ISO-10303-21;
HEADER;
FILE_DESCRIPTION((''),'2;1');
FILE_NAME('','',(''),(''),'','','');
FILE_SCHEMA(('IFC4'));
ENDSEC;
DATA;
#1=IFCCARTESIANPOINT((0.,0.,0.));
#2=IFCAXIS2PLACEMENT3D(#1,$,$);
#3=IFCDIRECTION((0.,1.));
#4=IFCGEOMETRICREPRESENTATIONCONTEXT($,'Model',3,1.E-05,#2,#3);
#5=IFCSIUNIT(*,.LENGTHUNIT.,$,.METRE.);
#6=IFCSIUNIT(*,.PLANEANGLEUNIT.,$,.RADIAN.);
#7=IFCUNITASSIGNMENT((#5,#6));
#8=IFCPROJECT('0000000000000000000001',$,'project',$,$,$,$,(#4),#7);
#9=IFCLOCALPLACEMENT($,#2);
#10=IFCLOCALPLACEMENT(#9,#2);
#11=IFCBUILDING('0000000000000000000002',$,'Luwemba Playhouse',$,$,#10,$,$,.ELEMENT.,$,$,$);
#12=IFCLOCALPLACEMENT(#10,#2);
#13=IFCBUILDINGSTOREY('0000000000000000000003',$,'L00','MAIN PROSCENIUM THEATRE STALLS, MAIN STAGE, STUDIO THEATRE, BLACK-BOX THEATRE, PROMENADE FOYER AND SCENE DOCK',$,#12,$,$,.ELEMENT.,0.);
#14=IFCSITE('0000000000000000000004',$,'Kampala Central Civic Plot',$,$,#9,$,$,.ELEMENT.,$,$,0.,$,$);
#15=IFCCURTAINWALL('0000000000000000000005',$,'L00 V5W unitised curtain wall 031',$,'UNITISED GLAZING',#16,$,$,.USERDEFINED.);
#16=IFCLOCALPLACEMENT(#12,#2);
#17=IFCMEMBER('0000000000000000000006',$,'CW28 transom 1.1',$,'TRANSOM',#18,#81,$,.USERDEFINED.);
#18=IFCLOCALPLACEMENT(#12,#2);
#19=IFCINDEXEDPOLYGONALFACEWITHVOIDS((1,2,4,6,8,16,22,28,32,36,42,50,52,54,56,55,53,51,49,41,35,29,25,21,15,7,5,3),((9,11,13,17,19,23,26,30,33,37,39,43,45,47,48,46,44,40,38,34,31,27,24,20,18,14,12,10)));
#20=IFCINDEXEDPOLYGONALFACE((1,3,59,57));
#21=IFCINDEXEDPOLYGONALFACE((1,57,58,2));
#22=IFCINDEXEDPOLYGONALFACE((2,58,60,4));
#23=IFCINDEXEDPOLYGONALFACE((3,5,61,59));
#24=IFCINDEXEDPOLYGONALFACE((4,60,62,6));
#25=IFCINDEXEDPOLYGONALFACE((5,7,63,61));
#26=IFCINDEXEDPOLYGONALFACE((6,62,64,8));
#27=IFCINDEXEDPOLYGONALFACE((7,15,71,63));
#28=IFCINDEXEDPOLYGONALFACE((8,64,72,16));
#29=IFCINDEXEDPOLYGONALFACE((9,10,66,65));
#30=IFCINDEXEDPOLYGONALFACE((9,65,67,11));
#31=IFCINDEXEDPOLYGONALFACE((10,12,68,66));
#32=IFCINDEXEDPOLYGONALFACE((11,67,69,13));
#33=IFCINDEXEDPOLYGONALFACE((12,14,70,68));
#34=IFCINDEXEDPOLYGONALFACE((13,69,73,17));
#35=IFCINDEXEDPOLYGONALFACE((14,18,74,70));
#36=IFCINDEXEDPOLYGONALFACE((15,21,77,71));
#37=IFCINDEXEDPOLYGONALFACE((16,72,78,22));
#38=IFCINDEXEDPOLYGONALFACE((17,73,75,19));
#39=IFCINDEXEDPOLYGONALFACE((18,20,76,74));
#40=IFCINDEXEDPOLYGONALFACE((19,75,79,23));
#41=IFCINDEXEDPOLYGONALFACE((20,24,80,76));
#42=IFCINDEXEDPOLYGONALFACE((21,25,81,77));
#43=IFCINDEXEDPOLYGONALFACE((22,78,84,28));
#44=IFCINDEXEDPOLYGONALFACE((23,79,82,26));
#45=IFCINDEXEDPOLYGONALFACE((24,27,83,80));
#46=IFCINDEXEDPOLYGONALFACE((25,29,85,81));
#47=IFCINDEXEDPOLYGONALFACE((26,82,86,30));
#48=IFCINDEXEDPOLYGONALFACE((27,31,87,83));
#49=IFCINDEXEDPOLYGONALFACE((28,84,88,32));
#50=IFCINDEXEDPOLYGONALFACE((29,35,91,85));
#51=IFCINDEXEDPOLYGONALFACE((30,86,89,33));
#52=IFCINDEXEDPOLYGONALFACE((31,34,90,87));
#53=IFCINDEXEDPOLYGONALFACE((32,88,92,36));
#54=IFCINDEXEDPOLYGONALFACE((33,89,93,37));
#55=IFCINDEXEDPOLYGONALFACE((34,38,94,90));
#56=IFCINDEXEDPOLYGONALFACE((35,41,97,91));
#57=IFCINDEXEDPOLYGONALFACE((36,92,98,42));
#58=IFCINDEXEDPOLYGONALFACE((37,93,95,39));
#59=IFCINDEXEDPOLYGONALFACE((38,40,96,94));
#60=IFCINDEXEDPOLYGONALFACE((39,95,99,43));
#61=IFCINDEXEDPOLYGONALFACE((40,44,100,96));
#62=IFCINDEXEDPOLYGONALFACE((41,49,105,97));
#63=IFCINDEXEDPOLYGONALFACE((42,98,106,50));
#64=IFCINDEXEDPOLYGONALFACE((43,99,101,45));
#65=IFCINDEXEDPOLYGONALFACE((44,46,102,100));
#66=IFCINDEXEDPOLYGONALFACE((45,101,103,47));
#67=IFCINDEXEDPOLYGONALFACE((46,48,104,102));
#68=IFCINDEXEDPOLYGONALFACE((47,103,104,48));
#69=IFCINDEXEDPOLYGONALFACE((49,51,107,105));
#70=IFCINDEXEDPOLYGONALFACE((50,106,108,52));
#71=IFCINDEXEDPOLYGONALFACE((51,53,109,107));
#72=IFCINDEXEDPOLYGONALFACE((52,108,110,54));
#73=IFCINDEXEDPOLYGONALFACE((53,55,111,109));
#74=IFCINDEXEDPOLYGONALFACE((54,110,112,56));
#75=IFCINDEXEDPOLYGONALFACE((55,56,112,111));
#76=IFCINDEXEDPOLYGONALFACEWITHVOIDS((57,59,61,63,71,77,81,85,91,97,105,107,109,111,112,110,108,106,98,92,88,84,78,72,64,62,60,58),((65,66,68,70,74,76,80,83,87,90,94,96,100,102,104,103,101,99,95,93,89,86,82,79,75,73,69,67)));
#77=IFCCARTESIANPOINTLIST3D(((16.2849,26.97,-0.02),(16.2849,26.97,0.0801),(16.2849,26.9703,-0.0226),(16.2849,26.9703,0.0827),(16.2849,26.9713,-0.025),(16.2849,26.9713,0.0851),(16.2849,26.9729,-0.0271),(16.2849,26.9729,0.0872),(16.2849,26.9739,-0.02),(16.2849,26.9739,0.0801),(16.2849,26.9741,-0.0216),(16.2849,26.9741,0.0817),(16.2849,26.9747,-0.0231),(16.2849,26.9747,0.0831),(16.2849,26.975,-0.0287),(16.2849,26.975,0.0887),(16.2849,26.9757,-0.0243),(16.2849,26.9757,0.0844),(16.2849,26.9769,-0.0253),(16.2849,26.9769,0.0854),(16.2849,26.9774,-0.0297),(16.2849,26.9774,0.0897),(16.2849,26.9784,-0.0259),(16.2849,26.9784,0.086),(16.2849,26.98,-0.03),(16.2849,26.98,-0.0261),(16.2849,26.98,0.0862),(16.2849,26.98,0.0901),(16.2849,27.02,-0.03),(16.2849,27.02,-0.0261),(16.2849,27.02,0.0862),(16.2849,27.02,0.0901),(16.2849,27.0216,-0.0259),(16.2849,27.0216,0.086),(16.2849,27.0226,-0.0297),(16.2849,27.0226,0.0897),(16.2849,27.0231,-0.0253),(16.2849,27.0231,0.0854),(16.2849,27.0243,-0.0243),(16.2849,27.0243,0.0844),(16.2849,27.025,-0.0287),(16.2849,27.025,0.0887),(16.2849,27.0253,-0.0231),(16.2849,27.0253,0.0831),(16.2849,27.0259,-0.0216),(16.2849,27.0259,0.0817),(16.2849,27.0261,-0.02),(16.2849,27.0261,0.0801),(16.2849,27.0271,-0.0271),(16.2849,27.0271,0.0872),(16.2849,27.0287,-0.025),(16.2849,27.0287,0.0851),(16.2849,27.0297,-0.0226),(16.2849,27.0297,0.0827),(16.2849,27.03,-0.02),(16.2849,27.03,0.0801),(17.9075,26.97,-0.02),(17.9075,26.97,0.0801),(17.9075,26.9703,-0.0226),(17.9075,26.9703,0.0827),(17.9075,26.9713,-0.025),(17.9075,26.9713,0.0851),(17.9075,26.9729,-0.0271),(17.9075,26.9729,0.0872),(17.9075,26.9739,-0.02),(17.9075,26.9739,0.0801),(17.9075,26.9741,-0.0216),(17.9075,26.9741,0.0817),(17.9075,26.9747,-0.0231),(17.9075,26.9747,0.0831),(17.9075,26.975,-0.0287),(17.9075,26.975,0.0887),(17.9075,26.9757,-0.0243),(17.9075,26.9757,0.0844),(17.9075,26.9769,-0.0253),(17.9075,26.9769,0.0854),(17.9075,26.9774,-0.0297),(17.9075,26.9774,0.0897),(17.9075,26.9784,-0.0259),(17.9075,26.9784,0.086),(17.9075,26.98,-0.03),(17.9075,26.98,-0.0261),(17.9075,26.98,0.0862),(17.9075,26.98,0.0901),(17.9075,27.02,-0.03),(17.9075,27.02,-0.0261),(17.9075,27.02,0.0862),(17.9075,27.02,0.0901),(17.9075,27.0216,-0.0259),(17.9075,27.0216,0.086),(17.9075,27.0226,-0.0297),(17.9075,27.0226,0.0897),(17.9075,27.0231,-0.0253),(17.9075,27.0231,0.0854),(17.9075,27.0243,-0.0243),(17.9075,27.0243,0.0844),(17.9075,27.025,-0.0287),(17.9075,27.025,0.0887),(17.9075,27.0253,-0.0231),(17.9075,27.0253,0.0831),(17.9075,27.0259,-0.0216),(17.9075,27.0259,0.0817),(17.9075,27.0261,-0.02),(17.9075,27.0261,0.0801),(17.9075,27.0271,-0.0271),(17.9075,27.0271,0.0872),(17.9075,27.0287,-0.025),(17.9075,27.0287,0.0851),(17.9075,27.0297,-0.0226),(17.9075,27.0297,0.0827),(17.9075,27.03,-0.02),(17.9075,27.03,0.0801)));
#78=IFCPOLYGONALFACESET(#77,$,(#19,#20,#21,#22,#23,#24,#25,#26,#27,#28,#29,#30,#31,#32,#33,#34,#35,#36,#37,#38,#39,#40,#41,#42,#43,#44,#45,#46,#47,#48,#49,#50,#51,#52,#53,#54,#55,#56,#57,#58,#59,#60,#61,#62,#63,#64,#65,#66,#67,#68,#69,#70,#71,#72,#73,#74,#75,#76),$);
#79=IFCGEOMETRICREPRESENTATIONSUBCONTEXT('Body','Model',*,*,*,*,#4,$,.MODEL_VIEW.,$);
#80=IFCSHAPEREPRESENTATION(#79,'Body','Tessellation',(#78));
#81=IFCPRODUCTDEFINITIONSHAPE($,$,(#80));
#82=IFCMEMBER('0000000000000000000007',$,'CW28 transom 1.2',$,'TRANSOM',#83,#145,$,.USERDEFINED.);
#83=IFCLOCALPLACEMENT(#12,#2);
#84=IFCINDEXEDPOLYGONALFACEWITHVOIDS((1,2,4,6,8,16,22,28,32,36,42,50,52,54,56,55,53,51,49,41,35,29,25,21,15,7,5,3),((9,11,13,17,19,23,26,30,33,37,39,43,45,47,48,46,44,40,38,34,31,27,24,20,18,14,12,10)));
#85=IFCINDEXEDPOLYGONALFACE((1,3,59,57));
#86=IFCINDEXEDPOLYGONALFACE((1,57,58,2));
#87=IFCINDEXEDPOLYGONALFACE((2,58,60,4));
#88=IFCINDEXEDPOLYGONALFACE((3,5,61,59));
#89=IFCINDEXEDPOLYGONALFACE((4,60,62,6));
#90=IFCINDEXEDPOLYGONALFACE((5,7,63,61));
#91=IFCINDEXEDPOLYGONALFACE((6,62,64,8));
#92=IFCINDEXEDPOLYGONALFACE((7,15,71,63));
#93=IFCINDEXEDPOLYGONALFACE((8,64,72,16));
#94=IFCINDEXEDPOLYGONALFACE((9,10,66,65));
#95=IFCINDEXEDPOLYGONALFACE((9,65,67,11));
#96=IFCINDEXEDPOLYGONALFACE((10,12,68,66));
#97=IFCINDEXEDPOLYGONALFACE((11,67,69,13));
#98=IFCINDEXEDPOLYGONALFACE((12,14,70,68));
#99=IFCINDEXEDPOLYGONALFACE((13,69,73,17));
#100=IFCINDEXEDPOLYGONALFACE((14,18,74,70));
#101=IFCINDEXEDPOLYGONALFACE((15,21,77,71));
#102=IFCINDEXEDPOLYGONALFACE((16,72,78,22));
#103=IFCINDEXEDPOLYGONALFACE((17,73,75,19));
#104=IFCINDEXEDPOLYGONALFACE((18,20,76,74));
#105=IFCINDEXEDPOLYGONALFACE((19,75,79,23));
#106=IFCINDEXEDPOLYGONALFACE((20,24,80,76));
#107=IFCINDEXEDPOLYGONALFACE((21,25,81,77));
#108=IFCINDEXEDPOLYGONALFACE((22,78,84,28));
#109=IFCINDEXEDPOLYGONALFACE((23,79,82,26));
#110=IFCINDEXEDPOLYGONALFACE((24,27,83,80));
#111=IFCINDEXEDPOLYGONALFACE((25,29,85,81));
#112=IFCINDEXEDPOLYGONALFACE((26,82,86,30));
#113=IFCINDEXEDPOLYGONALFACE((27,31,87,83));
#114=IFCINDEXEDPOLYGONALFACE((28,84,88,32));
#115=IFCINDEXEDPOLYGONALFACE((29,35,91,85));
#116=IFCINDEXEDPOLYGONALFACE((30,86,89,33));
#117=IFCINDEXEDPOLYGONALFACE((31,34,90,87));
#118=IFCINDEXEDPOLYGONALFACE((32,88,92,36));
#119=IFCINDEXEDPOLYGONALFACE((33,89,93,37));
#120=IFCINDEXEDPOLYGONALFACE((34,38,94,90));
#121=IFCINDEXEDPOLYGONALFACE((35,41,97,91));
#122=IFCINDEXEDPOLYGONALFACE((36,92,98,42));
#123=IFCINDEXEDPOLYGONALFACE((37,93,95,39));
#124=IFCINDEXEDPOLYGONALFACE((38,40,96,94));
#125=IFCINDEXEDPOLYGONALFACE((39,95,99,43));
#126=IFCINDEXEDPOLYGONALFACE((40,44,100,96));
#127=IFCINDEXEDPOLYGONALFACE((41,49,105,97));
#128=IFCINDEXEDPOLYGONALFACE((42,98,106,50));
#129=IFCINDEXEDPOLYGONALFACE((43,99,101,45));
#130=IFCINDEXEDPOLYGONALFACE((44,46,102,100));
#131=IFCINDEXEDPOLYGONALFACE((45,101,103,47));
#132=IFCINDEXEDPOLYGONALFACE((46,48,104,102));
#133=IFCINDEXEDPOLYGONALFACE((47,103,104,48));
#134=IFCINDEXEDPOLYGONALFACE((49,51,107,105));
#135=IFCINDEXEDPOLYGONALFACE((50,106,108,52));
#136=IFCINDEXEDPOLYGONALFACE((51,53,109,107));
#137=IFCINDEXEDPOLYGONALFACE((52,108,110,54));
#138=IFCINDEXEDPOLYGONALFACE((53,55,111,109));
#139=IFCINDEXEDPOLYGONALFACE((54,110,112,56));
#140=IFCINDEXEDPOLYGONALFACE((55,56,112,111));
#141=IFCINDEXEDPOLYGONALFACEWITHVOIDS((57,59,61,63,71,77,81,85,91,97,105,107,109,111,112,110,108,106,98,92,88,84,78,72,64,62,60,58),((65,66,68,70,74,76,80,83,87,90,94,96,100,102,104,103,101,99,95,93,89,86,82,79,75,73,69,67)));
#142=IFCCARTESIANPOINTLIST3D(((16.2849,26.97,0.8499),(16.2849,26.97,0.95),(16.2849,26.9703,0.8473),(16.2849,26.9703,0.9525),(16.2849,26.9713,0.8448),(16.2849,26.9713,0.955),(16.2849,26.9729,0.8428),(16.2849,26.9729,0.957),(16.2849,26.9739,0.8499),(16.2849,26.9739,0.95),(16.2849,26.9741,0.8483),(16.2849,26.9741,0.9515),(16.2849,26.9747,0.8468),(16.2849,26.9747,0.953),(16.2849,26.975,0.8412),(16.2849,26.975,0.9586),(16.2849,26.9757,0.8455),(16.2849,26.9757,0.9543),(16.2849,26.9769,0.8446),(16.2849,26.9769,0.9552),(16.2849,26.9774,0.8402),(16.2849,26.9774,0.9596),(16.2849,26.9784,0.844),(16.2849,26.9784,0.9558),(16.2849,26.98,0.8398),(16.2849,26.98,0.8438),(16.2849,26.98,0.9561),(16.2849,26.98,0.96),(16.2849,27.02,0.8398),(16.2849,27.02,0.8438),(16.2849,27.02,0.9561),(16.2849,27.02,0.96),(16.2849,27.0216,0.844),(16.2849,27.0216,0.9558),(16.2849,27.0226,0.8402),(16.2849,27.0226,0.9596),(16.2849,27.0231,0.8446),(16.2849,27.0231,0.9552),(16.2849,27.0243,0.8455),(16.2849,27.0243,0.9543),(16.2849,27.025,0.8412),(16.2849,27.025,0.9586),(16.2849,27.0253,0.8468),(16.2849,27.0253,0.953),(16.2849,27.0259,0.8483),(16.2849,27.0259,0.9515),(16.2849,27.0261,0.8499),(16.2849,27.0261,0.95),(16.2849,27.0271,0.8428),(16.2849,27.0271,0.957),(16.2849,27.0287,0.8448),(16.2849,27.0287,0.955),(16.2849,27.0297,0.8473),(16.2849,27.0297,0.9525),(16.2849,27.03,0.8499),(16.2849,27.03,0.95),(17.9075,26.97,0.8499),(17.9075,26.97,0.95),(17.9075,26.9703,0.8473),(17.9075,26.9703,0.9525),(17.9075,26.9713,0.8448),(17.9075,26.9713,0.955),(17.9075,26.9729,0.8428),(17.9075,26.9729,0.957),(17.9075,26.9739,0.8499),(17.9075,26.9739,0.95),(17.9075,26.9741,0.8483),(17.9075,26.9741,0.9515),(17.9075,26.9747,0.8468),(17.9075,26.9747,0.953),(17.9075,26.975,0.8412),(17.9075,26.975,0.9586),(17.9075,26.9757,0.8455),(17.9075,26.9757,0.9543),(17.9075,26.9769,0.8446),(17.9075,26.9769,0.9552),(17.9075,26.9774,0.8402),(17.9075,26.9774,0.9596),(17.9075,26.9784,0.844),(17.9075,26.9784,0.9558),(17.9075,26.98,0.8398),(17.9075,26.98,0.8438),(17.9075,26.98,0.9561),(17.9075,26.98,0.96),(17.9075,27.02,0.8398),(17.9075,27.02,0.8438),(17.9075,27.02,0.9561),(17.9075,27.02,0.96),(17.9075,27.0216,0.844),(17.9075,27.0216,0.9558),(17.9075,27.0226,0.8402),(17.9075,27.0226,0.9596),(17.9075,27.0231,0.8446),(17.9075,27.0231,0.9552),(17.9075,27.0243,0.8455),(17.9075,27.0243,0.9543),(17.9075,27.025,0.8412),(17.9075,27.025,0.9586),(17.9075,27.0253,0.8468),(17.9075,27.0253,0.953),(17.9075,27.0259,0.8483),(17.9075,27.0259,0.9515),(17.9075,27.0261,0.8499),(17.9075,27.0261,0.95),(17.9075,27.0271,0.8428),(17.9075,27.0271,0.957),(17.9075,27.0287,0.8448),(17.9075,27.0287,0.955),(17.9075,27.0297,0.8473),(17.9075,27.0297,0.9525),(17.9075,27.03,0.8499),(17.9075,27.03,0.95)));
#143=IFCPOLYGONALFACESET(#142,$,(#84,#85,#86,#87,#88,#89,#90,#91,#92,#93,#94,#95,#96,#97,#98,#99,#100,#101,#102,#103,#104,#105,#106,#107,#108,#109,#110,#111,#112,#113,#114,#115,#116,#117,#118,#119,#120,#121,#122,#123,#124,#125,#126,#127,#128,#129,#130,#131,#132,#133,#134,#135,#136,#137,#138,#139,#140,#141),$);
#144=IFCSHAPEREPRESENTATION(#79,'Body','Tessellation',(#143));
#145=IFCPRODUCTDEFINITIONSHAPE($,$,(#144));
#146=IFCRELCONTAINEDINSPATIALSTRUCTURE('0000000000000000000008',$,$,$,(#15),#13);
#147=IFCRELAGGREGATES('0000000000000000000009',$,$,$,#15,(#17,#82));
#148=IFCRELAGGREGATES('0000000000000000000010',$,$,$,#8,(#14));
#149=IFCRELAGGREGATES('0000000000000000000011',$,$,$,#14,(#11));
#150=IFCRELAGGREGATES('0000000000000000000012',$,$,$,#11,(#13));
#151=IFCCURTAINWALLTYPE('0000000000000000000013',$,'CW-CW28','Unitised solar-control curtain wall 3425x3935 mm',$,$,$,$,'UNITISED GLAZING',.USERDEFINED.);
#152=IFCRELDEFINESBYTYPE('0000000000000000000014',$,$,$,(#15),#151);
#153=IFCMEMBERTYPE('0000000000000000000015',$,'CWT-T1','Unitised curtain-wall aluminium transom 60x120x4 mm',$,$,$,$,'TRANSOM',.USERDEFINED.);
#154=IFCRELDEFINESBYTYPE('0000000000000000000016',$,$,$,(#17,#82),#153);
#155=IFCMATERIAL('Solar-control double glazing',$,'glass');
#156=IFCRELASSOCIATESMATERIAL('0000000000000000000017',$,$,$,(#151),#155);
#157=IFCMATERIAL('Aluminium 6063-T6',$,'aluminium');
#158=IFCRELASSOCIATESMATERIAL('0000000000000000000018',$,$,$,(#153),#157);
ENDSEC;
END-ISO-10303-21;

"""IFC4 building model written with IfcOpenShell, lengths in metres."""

from ifc_helpers import new_model, si_unit, direction, frame, origin, origin_2d, place, context, subcontext, project, spatial, hollow_rectangle, extrude, material, material_profile, profile_set, type_object, element, aggregate, save


model = new_model("IFC4")

# Units and contexts
model_context = context("Model", 3, precision=1e-05, world=origin(), true_north=direction((0.0, 1.0)))
body_context = subcontext(model_context, "Body", "Model", "MODEL_VIEW")
ifc_project = project(units=[si_unit("LENGTHUNIT", "METRE"), si_unit("PLANEANGLEUNIT", "RADIAN")], contexts=[model_context])

# Site, building, storey
site_placement = place(None, origin())
site = spatial("IfcSite", under=ifc_project, at=site_placement, Name="Kampala Central Civic Plot", CompositionType="ELEMENT", RefElevation=0.0)
building_placement = place(site_placement, origin())
building = spatial("IfcBuilding", under=site, at=building_placement, Name="Luwemba Playhouse", CompositionType="ELEMENT")
storey_placement = place(building_placement, origin())
storey = spatial("IfcBuildingStorey", under=building, at=storey_placement, Name="L00", Description="MAIN PROSCENIUM THEATRE STALLS, MAIN STAGE, STUDIO THEATRE, BLACK-BOX THEATRE, PROMENADE FOYER AND SCENE DOCK", CompositionType="ELEMENT", Elevation=0.0)

# Curtain wall
ifc_material_1 = material(Name="Solar-control double glazing", Category="glass")
curtain_wall_type_1 = type_object("IfcCurtainWallType", Name="CW-CW28", Description="Unitised solar-control curtain wall 3425x3935 mm", ElementType="UNITISED GLAZING", PredefinedType="USERDEFINED", material=ifc_material_1)
curtain_wall_1_placement = place(storey_placement, origin())
curtain_wall_1 = element("IfcCurtainWall", 1, at=curtain_wall_1_placement, inside=storey, type_object=curtain_wall_type_1, Name="L00 V5W unitised curtain wall 031", ObjectType="UNITISED GLAZING", PredefinedType="USERDEFINED")
ifc_material_2 = material(Name="Aluminium 6063-T6", Category="aluminium")

# Members
ifc_material_profile_1 = material_profile(ifc_material_2, hollow_rectangle(XDim=0.0601, YDim=0.1201, WallThickness=0.0039, InnerFilletRadius=0.0061, OuterFilletRadius=0.01, at=origin_2d()))
ifc_profile_set_1 = profile_set([ifc_material_profile_1], Name="Aluminium 6063-T6")
member_type_1 = type_object("IfcMemberType", Name="CWT-T1", Description="Unitised curtain-wall aluminium transom 60x120x4 mm", ElementType="TRANSOM", PredefinedType="USERDEFINED", material=ifc_profile_set_1)
member_1_placement = place(storey_placement, frame((16.2849, 27.0, 0.03), z_axis=(1.0, 0.0, 0.0), x_axis=(0.0, 1.0, 0.0)))
member_1 = element("IfcMember", 2, at=member_1_placement, type_object=member_type_1, Name="CW28 transom 1.1", ObjectType="TRANSOM", PredefinedType="USERDEFINED", context=body_context, shape_type="SweptSolid", body=[
    extrude(hollow_rectangle(XDim=0.0601, YDim=0.1201, WallThickness=0.0039, InnerFilletRadius=0.0061, OuterFilletRadius=0.01, at=origin_2d()), origin(), (0.0, 0.0, 1.0), 1.6226),
])
member_2_placement = place(storey_placement, frame((16.2849, 27.0, 0.8999), z_axis=(1.0, 0.0, 0.0), x_axis=(0.0, 1.0, 0.0)))
member_2 = element("IfcMember", 3, at=member_2_placement, type_object=member_type_1, Name="CW28 transom 1.2", ObjectType="TRANSOM", PredefinedType="USERDEFINED", context=body_context, shape_type="SweptSolid", body=[
    extrude(hollow_rectangle(XDim=0.0601, YDim=0.1201, WallThickness=0.0039, InnerFilletRadius=0.0061, OuterFilletRadius=0.01, at=origin_2d()), origin(), (0.0, 0.0, 1.0), 1.6226),
])

aggregate(curtain_wall_1, [member_1, member_2])

save(model, "model.ifc")
